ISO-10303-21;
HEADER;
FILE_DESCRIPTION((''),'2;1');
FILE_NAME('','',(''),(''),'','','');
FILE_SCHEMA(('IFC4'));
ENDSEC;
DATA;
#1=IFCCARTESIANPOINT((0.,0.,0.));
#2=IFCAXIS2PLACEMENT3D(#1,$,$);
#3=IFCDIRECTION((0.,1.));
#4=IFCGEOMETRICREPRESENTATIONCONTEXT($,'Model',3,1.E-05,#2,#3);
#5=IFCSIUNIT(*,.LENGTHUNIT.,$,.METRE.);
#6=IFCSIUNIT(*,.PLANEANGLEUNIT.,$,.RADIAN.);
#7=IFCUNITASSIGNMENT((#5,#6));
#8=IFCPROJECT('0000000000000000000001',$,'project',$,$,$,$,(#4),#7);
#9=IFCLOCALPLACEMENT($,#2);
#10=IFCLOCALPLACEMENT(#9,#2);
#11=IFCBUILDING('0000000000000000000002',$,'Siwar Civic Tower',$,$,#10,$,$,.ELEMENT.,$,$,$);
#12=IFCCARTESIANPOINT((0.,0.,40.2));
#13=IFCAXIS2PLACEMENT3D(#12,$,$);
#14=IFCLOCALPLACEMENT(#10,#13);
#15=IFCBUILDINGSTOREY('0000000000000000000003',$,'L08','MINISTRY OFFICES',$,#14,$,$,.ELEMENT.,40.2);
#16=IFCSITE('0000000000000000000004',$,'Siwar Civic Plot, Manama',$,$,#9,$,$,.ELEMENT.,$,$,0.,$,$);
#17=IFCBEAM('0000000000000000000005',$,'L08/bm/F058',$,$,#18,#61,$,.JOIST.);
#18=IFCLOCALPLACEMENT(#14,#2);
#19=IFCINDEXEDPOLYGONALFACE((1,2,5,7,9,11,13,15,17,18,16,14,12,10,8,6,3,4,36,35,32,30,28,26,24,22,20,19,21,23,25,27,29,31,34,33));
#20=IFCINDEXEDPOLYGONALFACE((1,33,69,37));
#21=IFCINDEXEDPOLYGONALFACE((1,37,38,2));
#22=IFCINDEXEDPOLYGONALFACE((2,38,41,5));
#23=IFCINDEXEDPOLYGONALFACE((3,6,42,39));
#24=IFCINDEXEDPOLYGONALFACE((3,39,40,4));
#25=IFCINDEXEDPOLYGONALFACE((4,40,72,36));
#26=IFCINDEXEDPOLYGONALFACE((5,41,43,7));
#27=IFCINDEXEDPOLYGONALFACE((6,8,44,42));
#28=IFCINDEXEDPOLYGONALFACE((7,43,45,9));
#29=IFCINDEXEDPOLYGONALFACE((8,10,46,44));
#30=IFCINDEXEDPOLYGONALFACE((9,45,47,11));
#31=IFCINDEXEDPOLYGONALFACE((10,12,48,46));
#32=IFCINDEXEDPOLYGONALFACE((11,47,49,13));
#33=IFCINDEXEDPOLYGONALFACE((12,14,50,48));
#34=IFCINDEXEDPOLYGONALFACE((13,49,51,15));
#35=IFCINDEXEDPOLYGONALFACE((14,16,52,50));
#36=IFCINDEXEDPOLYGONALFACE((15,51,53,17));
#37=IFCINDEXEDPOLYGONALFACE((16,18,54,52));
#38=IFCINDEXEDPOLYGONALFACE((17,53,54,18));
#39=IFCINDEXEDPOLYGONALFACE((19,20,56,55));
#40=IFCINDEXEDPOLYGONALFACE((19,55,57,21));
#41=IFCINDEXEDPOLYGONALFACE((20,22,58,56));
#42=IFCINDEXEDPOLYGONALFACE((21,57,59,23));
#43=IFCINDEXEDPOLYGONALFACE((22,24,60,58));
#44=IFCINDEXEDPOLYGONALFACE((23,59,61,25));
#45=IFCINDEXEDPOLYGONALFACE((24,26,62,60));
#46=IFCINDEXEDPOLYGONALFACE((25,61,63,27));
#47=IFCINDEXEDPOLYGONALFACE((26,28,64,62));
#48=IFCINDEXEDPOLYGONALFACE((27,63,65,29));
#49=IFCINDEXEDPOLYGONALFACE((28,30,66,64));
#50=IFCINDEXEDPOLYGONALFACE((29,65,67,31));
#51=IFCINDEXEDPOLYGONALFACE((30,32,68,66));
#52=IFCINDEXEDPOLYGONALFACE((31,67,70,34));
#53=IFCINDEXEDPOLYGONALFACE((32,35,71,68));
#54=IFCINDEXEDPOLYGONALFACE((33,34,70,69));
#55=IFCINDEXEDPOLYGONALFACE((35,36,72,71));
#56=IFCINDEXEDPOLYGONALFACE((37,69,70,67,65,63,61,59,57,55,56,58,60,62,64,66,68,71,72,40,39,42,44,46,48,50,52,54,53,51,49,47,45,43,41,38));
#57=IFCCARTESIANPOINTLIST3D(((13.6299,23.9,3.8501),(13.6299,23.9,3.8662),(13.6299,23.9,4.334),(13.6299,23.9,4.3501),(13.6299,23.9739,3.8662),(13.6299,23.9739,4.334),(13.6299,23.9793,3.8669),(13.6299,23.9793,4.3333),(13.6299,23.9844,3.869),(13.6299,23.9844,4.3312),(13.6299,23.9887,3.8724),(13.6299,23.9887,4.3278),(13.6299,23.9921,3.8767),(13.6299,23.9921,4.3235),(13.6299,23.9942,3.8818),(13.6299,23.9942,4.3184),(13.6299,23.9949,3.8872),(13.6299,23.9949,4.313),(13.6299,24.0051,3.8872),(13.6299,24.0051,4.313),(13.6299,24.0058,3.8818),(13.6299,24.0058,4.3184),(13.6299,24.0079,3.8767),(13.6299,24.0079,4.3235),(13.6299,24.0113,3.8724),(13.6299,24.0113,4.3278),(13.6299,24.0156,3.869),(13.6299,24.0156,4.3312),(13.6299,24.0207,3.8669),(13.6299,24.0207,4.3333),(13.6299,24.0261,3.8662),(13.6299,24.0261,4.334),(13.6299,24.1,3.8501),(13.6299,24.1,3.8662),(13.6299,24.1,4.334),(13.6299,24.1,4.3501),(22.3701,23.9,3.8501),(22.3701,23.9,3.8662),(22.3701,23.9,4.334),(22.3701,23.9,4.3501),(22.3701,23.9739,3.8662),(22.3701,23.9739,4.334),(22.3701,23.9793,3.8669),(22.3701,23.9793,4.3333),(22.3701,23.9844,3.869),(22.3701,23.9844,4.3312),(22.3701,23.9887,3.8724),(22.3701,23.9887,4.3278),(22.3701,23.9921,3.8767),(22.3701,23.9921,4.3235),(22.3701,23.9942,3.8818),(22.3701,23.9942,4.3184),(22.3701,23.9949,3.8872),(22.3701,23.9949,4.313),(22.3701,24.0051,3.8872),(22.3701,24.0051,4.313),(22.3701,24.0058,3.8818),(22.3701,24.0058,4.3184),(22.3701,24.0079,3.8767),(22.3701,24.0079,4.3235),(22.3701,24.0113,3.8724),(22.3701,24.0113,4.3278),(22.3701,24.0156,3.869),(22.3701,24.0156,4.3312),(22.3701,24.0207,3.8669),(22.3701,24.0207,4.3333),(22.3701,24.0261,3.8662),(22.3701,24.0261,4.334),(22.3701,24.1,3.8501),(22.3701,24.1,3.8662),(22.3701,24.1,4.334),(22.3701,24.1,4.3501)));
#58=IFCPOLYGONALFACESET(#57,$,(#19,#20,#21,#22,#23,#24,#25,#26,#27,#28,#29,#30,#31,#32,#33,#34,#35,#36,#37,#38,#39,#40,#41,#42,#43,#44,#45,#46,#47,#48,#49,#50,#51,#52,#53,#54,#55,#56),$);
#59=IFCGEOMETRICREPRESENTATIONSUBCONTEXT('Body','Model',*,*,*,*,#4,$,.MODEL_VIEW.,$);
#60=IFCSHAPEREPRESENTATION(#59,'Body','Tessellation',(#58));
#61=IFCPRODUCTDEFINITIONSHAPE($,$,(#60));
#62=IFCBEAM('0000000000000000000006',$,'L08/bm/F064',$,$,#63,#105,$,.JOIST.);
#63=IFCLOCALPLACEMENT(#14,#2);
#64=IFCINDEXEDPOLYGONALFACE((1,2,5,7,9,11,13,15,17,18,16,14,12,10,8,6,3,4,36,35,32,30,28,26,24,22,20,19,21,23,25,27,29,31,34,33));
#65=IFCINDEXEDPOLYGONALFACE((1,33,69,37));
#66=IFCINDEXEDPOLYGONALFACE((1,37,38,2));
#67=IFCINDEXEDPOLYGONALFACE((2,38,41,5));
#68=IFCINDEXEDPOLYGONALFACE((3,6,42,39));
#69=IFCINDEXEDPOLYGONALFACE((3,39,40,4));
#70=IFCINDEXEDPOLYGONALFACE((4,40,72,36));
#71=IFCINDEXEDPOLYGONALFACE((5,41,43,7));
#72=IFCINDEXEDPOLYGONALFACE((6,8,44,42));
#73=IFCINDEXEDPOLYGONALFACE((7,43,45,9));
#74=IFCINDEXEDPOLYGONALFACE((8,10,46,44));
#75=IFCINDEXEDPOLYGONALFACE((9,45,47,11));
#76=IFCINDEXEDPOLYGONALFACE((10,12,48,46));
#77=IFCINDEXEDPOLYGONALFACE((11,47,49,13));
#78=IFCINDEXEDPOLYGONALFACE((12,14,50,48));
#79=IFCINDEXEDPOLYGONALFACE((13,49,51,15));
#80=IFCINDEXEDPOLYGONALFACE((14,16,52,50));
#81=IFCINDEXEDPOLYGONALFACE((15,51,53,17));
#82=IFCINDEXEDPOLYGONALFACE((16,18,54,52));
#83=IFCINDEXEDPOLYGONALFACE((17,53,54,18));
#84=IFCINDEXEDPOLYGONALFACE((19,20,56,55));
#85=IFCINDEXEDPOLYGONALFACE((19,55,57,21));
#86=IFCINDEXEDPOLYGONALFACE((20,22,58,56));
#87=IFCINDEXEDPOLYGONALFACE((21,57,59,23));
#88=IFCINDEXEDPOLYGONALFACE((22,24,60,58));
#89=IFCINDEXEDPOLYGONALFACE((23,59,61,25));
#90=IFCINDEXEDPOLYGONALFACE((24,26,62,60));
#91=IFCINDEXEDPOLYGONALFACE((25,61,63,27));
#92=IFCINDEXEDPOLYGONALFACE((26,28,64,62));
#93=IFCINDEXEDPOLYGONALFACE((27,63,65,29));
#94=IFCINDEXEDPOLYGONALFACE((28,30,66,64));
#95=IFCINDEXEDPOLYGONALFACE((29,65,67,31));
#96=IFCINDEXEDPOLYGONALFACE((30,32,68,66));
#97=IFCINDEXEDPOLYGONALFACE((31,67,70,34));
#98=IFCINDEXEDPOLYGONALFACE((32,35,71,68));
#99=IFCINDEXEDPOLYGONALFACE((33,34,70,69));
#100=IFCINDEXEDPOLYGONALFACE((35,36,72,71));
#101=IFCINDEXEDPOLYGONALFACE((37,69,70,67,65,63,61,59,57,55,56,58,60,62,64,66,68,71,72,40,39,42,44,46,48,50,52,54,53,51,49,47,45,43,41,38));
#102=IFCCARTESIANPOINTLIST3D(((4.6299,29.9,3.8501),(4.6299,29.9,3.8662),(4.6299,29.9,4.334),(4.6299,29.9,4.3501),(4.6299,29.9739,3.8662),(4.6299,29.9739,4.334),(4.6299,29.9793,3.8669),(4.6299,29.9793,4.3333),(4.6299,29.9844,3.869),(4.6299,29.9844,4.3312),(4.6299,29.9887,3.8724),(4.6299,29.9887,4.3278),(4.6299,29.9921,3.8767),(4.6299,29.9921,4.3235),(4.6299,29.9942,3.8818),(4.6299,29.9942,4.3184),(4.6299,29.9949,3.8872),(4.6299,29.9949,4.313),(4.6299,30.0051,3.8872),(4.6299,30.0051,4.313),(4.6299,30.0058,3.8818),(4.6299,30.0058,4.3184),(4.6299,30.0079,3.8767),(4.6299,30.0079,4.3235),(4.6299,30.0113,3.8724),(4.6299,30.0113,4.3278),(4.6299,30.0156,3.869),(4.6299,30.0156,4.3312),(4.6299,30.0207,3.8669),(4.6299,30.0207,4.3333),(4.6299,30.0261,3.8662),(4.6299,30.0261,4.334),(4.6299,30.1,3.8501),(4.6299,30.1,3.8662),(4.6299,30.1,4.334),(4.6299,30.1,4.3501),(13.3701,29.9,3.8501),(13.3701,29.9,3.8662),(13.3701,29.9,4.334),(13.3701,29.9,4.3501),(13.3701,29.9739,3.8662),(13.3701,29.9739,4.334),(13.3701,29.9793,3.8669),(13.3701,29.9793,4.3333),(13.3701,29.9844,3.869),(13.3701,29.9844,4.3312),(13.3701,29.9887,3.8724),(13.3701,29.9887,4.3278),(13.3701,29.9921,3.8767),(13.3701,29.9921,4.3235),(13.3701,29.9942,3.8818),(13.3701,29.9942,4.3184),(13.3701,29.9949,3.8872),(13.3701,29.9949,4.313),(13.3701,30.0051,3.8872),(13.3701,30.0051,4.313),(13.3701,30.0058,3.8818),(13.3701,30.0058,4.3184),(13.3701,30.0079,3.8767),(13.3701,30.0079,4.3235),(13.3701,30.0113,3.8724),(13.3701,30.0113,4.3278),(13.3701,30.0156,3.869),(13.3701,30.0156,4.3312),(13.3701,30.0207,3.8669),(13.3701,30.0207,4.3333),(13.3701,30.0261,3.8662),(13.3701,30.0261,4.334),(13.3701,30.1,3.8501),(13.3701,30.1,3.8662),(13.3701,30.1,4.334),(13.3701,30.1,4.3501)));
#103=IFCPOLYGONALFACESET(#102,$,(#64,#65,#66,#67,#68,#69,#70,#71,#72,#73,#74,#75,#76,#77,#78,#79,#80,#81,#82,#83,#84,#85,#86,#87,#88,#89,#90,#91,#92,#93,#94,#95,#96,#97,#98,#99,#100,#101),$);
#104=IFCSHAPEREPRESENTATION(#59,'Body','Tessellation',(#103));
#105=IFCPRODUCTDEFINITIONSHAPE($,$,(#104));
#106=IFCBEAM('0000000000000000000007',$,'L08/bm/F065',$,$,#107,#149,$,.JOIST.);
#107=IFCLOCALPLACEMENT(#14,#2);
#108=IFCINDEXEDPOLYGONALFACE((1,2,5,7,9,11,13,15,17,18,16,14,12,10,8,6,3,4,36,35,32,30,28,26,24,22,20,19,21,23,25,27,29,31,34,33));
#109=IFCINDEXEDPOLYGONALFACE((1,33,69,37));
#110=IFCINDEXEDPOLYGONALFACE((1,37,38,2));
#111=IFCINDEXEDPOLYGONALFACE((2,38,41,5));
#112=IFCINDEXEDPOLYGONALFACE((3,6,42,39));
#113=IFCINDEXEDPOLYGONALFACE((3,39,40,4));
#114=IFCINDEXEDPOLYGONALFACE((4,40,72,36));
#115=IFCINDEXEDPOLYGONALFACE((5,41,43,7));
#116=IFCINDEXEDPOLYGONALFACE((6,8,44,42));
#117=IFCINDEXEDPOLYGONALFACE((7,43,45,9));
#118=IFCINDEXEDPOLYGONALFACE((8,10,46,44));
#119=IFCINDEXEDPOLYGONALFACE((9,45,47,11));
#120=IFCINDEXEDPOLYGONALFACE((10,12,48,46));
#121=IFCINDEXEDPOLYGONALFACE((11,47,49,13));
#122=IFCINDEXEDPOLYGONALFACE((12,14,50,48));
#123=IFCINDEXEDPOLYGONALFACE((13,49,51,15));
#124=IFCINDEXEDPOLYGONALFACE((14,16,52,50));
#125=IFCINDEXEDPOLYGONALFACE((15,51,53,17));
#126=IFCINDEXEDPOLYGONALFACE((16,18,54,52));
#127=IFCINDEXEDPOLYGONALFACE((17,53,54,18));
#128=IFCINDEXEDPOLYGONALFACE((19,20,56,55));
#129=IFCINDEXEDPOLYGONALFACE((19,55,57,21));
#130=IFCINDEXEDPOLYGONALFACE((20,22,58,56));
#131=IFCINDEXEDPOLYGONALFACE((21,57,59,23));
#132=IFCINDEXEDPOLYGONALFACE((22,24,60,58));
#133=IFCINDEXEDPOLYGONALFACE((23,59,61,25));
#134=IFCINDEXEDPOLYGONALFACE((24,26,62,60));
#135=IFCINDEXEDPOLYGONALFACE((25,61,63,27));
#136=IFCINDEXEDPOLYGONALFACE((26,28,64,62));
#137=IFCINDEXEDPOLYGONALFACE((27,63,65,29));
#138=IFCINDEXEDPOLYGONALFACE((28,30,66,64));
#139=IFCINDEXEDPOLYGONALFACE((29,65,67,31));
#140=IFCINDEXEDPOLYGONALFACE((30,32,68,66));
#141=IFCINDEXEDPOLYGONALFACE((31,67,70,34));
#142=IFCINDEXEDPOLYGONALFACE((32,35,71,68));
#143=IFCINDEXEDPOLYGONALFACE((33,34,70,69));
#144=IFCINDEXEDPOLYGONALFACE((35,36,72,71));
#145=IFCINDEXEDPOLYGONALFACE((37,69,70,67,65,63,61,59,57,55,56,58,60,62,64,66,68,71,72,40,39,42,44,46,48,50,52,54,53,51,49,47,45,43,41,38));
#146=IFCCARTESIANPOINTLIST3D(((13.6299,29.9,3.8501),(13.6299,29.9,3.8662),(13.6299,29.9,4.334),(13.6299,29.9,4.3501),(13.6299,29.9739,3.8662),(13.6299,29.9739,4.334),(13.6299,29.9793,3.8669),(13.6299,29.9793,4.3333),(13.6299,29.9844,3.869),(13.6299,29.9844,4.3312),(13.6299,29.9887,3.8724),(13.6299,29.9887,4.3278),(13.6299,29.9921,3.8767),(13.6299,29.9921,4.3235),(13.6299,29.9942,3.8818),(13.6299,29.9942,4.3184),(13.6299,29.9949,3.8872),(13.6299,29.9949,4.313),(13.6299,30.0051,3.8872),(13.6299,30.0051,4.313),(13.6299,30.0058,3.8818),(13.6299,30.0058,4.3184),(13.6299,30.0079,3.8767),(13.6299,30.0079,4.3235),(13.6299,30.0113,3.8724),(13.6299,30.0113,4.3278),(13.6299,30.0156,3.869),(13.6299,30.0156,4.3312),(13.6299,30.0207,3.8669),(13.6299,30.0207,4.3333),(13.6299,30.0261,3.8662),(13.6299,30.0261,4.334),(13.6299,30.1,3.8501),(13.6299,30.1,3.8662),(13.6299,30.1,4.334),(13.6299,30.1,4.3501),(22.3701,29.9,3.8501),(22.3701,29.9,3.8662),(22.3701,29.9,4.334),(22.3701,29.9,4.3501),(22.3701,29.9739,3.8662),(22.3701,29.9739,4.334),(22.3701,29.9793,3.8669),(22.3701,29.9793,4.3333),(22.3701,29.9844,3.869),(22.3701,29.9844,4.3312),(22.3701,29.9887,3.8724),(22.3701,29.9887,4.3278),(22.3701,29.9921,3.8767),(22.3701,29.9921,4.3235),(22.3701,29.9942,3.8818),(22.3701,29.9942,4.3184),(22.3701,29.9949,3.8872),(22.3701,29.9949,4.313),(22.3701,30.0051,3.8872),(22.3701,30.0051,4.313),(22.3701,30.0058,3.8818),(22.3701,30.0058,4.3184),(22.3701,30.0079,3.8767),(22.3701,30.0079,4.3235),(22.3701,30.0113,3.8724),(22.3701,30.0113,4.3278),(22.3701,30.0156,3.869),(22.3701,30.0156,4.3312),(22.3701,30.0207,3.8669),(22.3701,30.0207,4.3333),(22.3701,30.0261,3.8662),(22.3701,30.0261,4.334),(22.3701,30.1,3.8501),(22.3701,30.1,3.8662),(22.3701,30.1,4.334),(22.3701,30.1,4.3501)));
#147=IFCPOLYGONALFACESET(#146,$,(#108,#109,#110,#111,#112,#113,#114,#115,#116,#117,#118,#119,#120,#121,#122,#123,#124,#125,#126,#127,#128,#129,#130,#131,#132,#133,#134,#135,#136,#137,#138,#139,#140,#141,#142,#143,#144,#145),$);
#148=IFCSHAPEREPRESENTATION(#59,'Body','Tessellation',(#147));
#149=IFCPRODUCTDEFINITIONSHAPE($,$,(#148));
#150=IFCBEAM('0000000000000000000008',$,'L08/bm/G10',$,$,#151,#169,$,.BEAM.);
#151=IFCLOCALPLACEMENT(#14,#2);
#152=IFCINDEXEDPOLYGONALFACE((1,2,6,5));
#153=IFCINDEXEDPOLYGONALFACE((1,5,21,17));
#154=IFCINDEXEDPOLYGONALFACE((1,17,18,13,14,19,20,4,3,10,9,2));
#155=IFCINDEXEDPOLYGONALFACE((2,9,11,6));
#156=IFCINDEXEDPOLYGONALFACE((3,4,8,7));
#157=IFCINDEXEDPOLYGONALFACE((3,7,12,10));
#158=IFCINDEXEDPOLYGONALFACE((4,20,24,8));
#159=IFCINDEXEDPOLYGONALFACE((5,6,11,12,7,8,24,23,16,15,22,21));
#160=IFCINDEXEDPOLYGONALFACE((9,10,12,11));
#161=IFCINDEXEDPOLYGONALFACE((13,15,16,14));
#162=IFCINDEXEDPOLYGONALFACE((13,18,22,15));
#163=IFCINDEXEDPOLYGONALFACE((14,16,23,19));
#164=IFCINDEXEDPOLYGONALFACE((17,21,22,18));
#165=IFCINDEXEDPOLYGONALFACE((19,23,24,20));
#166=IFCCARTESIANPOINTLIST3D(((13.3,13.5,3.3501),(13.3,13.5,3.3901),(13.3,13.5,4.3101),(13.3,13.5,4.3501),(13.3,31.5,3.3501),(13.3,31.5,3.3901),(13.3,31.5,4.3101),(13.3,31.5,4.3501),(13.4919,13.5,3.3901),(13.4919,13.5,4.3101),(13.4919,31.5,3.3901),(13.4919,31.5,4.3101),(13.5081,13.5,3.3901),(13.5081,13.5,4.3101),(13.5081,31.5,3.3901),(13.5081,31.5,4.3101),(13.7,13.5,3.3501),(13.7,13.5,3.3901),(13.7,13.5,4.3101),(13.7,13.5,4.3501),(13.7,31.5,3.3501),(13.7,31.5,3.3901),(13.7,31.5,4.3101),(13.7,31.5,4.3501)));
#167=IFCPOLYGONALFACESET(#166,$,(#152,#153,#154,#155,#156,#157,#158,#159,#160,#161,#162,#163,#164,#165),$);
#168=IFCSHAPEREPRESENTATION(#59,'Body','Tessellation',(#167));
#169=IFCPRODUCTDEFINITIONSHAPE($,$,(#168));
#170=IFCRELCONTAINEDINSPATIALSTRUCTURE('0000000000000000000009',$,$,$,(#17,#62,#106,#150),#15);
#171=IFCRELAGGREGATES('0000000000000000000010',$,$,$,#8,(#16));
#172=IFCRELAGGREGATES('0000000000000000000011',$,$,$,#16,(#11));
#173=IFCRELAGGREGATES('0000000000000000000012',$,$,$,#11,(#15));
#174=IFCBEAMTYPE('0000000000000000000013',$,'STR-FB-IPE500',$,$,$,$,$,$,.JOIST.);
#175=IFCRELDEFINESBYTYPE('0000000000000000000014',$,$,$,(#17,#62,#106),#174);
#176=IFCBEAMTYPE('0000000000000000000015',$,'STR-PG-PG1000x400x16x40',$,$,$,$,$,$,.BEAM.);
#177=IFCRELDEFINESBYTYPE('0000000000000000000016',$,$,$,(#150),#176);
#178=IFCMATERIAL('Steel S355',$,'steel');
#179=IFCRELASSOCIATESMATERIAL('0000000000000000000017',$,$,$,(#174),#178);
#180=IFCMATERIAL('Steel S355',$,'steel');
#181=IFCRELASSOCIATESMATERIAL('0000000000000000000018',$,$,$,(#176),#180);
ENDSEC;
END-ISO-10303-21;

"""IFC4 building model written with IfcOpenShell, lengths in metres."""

from ifc_helpers import new_model, si_unit, direction, frame, origin, origin_2d, place, context, subcontext, project, spatial, i_section, extrude, material, material_profile, profile_set, type_object, element, save


model = new_model("IFC4")

# Units and contexts
model_context = context("Model", 3, precision=1e-05, world=origin(), true_north=direction((0.0, 1.0)))
body_context = subcontext(model_context, "Body", "Model", "MODEL_VIEW")
ifc_project = project(units=[si_unit("LENGTHUNIT", "METRE"), si_unit("PLANEANGLEUNIT", "RADIAN")], contexts=[model_context])

# Site, building, storey
site_placement = place(None, origin())
site = spatial("IfcSite", under=ifc_project, at=site_placement, Name="Siwar Civic Plot, Manama", CompositionType="ELEMENT", RefElevation=0.0)
building_placement = place(site_placement, origin())
building = spatial("IfcBuilding", under=site, at=building_placement, Name="Siwar Civic Tower", CompositionType="ELEMENT")
storey_placement = place(building_placement, frame((0.0, 0.0, 40.2)))
storey = spatial("IfcBuildingStorey", under=building, at=storey_placement, Name="L08", Description="MINISTRY OFFICES", CompositionType="ELEMENT", Elevation=40.2)

# Beams
ifc_material_1 = material(Name="Steel S355", Category="steel")
ifc_material_profile_1 = material_profile(ifc_material_1, i_section(OverallWidth=0.2, OverallDepth=0.5, WebThickness=0.0103, FlangeThickness=0.0161, FilletRadius=0.021, at=origin_2d()), Name="IPE500")
ifc_profile_set_1 = profile_set([ifc_material_profile_1], Name="Steel S355")
beam_type_1 = type_object("IfcBeamType", Name="STR-FB-IPE500", PredefinedType="JOIST", material=ifc_profile_set_1)
for number, where, z_axis, x_axis, name in (
    (1, (13.6299, 24.0, 4.1001), (1.0, 0.0, 0.0), (0.0, 1.0, 0.0), "L08/bm/F058"),
    (2, (4.6299, 30.0, 4.1001), (1.0, 0.0, 0.0), (0.0, 1.0, 0.0), "L08/bm/F064"),
    (3, (13.6299, 30.0, 4.1001), (1.0, 0.0, 0.0), (0.0, 1.0, 0.0), "L08/bm/F065"),
):
    element("IfcBeam", number, at=place(storey_placement, frame(where, z_axis=z_axis, x_axis=x_axis)), inside=storey, type_object=beam_type_1, Name=name, PredefinedType="JOIST", context=body_context, shape_type="SweptSolid", body=[
        extrude(i_section(OverallWidth=0.2, OverallDepth=0.5, WebThickness=0.0103, FlangeThickness=0.0161, FilletRadius=0.021, at=origin_2d()), origin(), (0.0, 0.0, 1.0), 8.7402),
    ])
ifc_material_2 = material(Name="Steel S355", Category="steel")
ifc_material_profile_2 = material_profile(ifc_material_2, i_section(OverallWidth=0.3999, OverallDepth=1.0, WebThickness=0.0161, FlangeThickness=0.04, at=origin_2d()), Name="PG1000x400x16x40")
ifc_profile_set_2 = profile_set([ifc_material_profile_2], Name="Steel S355")
beam_type_2 = type_object("IfcBeamType", Name="STR-PG-PG1000x400x16x40", PredefinedType="BEAM", material=ifc_profile_set_2)
beam_1_placement = place(storey_placement, frame((13.5, 13.5, 3.8501), z_axis=(0.0, 1.0, 0.0), x_axis=(-1.0, 0.0, 0.0)))
element("IfcBeam", 4, at=beam_1_placement, inside=storey, type_object=beam_type_2, Name="L08/bm/G10", PredefinedType="BEAM", context=body_context, shape_type="SweptSolid", body=[
    extrude(i_section(OverallWidth=0.3999, OverallDepth=1.0, WebThickness=0.0161, FlangeThickness=0.04, at=origin_2d()), origin(), (0.0, 0.0, 1.0), 18.0),
])

save(model, "model.ifc")
